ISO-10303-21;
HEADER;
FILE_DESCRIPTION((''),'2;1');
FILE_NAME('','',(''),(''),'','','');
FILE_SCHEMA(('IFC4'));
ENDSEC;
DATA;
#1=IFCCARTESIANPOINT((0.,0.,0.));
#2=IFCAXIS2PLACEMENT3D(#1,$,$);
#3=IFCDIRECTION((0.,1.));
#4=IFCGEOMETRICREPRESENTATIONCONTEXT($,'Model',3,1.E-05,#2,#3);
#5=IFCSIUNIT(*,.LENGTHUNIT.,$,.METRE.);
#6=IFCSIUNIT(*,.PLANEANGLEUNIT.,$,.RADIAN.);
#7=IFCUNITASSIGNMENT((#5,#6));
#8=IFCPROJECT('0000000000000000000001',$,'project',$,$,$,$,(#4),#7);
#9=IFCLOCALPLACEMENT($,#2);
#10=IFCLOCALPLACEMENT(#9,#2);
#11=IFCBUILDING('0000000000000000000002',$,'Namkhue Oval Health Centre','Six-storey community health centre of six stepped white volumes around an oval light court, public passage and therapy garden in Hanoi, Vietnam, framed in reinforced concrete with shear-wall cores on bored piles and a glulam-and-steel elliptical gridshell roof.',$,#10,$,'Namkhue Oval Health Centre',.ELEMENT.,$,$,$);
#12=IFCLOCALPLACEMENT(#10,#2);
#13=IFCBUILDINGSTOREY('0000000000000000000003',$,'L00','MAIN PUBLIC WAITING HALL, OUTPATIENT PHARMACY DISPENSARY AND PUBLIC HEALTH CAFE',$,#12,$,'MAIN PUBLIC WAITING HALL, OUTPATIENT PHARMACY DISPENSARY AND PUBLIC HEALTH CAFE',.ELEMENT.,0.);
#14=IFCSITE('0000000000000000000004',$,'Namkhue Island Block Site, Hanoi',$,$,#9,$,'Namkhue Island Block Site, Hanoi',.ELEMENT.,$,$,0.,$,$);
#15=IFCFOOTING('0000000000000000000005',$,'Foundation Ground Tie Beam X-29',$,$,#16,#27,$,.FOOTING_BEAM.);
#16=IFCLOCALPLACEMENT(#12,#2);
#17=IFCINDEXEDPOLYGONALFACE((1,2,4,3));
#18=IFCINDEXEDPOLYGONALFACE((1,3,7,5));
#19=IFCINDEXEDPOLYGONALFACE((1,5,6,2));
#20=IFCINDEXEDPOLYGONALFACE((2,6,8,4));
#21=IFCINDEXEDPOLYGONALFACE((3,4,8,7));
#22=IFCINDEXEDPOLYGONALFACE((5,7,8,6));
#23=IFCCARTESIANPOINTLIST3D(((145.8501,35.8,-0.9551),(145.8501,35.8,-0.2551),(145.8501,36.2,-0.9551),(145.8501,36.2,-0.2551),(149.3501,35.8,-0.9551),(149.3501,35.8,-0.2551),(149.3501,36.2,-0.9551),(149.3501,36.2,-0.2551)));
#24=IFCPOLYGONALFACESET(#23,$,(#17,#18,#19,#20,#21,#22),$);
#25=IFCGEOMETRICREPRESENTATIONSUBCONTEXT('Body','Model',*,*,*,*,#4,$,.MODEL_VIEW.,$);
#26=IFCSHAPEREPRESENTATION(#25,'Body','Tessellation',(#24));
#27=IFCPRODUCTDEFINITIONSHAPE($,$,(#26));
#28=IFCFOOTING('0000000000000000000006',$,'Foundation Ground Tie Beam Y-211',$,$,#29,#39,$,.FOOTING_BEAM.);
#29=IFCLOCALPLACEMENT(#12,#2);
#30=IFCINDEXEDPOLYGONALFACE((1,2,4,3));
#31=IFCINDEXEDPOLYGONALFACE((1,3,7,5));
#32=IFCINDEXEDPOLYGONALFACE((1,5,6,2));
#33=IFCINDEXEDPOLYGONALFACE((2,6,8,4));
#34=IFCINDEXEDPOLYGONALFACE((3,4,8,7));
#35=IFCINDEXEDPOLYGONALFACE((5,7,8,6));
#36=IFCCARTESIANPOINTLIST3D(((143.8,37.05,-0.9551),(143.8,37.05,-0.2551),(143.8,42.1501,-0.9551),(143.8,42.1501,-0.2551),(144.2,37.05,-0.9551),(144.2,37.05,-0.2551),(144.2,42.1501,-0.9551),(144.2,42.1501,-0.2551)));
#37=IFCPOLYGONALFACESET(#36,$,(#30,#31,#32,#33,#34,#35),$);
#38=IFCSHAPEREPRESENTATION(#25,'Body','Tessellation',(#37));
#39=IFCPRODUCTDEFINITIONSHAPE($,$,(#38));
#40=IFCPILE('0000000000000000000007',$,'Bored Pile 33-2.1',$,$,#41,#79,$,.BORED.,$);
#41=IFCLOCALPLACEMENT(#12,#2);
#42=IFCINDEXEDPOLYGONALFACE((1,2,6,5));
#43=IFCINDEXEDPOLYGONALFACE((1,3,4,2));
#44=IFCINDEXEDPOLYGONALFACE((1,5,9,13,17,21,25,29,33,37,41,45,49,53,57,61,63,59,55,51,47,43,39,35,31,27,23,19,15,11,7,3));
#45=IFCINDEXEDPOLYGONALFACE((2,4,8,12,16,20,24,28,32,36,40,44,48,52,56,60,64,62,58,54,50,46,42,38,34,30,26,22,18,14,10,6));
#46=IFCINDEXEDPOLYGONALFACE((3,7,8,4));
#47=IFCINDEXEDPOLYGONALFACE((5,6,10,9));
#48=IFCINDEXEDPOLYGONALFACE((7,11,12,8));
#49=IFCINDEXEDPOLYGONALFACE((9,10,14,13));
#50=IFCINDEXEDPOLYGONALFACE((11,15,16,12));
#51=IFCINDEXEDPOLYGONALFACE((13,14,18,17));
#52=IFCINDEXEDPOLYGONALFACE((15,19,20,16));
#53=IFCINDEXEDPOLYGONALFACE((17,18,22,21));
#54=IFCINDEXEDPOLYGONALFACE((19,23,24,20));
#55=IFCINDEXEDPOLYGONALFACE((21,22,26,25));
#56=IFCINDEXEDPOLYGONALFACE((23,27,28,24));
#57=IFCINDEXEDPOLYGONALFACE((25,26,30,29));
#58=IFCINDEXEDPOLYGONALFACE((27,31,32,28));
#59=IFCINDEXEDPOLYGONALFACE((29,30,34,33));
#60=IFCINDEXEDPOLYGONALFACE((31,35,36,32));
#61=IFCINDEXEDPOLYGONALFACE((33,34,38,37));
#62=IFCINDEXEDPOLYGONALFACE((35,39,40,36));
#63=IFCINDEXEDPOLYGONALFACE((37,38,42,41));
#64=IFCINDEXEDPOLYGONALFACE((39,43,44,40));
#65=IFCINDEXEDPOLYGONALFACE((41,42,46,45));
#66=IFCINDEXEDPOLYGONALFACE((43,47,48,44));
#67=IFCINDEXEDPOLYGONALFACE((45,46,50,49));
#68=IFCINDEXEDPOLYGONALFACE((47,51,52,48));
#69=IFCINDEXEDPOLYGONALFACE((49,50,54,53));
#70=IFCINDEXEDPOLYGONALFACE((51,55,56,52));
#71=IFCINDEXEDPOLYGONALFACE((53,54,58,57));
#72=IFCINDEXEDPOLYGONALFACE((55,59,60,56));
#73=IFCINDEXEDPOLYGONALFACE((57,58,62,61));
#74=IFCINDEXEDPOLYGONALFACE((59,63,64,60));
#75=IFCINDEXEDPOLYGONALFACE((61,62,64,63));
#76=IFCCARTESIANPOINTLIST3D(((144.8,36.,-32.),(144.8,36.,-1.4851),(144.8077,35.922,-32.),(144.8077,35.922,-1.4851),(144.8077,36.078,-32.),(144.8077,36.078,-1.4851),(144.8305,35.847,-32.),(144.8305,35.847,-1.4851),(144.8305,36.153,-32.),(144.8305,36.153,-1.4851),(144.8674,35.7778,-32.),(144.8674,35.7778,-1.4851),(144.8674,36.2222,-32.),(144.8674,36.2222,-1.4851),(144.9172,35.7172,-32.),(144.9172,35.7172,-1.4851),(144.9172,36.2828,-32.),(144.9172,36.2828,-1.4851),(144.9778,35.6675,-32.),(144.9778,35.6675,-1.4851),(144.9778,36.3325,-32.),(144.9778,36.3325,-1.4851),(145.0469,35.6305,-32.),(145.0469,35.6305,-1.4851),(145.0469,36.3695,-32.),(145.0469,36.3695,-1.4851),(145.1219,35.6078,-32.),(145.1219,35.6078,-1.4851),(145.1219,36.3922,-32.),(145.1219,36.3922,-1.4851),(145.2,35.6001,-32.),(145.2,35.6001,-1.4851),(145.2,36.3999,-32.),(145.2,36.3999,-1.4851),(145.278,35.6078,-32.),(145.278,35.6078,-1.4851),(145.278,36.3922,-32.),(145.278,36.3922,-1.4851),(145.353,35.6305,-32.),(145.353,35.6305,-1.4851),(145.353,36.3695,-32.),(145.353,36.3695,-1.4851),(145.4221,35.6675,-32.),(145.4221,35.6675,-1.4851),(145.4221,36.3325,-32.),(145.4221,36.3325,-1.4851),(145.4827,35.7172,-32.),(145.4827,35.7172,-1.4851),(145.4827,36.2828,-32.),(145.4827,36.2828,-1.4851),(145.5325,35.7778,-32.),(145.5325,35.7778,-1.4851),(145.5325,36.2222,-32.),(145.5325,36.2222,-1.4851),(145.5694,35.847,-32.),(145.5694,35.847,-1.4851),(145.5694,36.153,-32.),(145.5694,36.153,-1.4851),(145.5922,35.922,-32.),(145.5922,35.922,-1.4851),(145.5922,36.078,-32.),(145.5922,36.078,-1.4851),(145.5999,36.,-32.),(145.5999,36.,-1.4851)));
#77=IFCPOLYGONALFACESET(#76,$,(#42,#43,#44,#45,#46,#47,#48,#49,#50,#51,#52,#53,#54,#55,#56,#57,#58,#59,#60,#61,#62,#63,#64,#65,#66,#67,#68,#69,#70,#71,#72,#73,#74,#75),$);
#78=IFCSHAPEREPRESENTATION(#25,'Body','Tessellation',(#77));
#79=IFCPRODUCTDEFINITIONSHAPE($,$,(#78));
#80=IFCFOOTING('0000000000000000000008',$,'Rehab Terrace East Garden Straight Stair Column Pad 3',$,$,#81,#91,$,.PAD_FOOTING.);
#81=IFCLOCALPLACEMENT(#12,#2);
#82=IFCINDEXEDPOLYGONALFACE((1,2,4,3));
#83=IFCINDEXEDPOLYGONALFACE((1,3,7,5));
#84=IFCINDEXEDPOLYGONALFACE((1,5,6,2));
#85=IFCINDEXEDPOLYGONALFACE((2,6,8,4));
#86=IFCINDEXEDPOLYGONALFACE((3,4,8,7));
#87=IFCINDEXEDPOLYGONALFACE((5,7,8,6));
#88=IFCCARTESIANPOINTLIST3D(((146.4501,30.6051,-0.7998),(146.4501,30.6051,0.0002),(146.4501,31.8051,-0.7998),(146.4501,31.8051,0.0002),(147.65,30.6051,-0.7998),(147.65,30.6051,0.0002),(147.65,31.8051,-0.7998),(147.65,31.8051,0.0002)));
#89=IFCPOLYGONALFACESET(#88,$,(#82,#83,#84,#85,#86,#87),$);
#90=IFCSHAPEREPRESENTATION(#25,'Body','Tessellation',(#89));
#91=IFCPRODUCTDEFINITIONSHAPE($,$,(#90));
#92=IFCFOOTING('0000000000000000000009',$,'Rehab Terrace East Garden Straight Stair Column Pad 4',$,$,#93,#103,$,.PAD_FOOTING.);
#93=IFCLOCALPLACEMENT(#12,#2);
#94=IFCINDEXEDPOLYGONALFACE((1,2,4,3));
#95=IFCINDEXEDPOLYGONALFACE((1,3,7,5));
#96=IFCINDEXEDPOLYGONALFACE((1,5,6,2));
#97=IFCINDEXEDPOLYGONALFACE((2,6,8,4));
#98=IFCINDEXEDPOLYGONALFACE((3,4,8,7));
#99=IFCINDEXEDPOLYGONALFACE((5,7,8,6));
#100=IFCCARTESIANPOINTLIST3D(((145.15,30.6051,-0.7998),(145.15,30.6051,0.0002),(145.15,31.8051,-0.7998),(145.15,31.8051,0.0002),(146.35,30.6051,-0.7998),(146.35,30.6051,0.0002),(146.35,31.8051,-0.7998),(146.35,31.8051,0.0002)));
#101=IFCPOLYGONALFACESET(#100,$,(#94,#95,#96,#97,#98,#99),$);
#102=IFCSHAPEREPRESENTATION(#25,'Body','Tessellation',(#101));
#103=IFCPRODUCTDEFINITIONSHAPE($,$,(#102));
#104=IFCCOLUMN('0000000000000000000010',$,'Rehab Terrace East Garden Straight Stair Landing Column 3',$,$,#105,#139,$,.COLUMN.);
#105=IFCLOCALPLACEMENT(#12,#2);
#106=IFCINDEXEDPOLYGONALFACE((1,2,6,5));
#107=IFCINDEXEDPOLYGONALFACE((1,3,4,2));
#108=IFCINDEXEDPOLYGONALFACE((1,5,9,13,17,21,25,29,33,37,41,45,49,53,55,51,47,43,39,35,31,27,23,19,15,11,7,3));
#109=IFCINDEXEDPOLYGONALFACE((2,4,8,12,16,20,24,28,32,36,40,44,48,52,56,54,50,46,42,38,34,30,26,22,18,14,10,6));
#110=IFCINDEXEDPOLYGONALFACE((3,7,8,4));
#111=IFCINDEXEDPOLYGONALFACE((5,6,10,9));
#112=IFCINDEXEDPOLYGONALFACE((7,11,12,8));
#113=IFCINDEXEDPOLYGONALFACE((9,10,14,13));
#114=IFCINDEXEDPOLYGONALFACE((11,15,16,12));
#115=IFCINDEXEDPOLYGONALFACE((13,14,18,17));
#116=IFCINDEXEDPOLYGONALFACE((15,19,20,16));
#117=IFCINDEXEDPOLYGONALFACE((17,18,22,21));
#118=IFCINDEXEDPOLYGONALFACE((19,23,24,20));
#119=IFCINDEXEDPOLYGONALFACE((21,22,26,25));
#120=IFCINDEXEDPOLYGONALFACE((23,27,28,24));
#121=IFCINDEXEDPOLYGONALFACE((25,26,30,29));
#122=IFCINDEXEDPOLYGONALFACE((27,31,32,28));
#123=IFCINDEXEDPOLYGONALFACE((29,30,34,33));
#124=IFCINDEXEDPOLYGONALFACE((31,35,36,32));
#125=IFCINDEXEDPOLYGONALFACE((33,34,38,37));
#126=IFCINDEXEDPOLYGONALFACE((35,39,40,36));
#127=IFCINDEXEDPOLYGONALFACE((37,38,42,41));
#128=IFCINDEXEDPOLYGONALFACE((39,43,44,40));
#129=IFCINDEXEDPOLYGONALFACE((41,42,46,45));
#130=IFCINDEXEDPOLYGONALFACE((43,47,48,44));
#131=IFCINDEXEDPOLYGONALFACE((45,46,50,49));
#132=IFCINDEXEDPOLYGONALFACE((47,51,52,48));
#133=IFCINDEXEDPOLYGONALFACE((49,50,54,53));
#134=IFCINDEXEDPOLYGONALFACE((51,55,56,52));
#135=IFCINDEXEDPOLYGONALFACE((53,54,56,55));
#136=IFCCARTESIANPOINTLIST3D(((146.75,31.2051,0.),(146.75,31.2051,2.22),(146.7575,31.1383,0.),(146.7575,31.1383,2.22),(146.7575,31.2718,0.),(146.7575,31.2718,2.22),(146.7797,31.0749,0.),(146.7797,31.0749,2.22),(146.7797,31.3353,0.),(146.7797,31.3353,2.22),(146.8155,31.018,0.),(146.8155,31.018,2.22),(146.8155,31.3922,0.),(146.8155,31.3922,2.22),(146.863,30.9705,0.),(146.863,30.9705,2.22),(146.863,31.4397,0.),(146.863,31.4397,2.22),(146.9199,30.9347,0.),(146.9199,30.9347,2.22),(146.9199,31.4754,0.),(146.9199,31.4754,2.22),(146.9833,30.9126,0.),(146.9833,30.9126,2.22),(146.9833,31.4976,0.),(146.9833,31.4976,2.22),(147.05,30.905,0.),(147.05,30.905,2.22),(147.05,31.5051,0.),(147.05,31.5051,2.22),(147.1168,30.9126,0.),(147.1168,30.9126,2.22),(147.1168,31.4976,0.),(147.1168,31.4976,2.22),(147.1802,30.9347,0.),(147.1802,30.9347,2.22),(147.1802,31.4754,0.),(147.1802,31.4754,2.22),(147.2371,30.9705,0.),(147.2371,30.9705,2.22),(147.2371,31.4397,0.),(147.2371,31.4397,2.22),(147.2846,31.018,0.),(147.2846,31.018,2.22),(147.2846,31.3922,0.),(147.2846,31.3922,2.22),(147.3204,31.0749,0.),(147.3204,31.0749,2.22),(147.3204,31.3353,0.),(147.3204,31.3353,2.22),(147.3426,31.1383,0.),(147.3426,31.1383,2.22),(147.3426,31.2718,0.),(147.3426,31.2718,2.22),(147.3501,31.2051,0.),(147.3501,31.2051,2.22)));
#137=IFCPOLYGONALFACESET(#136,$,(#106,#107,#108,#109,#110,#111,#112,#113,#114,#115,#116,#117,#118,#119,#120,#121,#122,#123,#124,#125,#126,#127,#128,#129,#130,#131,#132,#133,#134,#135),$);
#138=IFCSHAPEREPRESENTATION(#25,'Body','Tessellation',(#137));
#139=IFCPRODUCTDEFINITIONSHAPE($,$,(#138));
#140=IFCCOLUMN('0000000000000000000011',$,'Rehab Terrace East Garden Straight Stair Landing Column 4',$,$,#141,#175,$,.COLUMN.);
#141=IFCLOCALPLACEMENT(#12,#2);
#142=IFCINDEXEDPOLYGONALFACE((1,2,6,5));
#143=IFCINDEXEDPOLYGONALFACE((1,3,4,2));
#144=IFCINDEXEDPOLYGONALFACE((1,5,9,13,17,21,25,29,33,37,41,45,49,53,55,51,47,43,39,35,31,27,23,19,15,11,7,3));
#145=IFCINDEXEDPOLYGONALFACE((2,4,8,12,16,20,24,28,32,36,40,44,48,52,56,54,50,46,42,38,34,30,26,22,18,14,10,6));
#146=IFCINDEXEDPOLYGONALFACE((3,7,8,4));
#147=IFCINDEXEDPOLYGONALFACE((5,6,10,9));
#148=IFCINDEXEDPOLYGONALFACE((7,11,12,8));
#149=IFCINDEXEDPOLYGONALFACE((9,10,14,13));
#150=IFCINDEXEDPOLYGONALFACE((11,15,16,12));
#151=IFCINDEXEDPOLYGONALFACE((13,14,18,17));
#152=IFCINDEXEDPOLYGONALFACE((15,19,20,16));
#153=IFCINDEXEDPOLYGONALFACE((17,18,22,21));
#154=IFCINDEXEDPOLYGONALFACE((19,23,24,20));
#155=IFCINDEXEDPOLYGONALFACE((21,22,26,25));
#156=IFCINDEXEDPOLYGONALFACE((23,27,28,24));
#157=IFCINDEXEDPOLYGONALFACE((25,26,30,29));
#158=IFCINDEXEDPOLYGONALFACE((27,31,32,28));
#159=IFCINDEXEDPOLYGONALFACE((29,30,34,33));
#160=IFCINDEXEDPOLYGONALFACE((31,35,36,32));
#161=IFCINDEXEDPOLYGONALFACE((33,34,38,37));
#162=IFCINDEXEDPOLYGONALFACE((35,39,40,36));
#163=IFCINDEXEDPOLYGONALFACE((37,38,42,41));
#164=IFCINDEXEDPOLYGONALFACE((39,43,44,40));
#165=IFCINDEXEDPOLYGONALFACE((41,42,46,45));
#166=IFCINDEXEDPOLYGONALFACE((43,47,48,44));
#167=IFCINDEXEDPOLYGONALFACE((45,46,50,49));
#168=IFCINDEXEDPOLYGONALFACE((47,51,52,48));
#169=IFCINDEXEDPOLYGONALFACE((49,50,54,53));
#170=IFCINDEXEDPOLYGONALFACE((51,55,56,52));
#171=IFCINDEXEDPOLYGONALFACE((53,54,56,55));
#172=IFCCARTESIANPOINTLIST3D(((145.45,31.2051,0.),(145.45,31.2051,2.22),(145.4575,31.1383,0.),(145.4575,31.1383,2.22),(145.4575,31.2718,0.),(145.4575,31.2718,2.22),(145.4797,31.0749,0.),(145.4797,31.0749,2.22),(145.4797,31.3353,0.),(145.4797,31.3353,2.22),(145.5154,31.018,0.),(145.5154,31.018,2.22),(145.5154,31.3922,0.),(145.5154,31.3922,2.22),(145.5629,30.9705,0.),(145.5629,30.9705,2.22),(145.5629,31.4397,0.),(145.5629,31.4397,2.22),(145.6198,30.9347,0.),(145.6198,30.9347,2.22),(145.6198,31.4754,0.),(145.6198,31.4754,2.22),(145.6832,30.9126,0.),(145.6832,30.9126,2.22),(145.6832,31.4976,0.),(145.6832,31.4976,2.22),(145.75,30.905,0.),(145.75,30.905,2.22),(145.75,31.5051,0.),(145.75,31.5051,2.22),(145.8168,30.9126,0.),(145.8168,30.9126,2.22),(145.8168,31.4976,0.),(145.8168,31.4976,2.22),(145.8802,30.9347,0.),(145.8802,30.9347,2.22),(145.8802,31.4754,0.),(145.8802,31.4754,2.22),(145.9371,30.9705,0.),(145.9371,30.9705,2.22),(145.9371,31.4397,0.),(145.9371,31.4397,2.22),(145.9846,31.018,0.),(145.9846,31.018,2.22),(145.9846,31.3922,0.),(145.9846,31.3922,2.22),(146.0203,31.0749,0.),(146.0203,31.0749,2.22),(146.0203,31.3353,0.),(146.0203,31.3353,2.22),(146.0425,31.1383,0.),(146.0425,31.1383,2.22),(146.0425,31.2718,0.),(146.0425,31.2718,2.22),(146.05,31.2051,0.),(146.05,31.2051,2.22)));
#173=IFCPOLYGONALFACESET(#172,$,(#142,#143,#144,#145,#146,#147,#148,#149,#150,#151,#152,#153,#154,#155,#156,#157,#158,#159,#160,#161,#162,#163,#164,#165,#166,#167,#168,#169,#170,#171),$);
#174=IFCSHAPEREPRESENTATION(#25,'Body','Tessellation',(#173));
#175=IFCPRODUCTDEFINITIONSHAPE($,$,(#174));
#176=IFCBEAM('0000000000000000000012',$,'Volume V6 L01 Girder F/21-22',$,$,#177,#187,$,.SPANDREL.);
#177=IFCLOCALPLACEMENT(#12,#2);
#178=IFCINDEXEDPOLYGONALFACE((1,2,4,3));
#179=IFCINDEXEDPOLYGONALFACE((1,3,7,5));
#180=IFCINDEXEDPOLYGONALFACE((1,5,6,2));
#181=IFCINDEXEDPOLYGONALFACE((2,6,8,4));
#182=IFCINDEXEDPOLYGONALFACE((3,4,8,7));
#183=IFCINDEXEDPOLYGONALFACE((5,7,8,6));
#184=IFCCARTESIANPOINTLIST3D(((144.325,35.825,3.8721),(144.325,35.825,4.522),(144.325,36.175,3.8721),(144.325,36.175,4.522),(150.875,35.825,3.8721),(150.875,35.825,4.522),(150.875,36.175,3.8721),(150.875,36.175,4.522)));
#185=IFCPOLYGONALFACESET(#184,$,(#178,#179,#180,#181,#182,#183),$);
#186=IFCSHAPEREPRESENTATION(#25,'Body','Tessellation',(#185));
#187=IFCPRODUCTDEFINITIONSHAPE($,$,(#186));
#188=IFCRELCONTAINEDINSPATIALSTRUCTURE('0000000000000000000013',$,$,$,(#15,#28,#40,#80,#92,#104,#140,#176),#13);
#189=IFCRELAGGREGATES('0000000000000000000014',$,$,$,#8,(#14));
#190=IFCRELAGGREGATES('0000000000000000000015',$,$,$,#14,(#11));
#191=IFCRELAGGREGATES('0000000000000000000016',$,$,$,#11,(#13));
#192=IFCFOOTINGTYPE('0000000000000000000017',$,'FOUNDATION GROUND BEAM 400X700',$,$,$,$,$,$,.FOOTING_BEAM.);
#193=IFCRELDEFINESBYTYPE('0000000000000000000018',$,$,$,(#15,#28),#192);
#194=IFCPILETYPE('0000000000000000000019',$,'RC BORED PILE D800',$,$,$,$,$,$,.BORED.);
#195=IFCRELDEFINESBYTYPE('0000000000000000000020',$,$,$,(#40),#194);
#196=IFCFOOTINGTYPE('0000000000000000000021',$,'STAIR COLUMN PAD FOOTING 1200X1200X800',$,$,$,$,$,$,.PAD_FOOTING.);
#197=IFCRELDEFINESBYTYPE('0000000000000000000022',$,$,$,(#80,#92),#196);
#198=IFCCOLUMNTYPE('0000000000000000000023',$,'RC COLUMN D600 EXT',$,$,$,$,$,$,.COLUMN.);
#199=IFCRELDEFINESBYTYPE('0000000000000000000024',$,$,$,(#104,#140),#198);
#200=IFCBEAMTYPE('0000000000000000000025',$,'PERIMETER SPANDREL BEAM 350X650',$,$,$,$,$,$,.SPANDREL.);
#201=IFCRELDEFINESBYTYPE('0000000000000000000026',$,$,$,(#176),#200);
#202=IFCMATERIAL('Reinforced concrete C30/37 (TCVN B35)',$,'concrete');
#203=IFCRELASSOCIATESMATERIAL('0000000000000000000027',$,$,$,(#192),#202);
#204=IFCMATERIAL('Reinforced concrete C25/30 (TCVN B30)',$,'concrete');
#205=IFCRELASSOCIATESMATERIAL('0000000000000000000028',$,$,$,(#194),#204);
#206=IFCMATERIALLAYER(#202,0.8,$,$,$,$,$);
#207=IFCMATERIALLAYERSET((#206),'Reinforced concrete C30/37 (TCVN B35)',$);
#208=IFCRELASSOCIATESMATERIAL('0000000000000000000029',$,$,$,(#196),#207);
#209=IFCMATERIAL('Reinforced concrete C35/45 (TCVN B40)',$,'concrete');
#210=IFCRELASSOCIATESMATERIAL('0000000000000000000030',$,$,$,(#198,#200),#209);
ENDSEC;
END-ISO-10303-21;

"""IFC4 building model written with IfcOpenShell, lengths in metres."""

from ifc_helpers import new_model, si_unit, direction, frame, origin, origin_2d, place, context, subcontext, project, spatial, rectangle, circle, extrude, material, layer, layer_set, material_profile, profile_set, type_object, element, save


model = new_model("IFC4")

# Units and contexts
model_context = context("Model", 3, precision=1e-05, world=origin(), true_north=direction((0.0, 1.0)))
body_context = subcontext(model_context, "Body", "Model", "MODEL_VIEW")
ifc_project = project(units=[si_unit("LENGTHUNIT", "METRE"), si_unit("PLANEANGLEUNIT", "RADIAN")], contexts=[model_context])

# Site, building, storey
site_placement = place(None, origin())
site = spatial("IfcSite", under=ifc_project, at=site_placement, Name="Namkhue Island Block Site, Hanoi", LongName="Namkhue Island Block Site, Hanoi", CompositionType="ELEMENT", RefElevation=0.0)
building_placement = place(site_placement, origin())
building = spatial("IfcBuilding", under=site, at=building_placement, Name="Namkhue Oval Health Centre", Description="Six-storey community health centre of six stepped white volumes around an oval light court, public passage and therapy garden in Hanoi, Vietnam, framed in reinforced concrete with shear-wall cores on bored piles and a glulam-and-steel elliptical gridshell roof.", LongName="Namkhue Oval Health Centre", CompositionType="ELEMENT")
storey_placement = place(building_placement, origin())
storey = spatial("IfcBuildingStorey", under=building, at=storey_placement, Name="L00", Description="MAIN PUBLIC WAITING HALL, OUTPATIENT PHARMACY DISPENSARY AND PUBLIC HEALTH CAFE", LongName="MAIN PUBLIC WAITING HALL, OUTPATIENT PHARMACY DISPENSARY AND PUBLIC HEALTH CAFE", CompositionType="ELEMENT", Elevation=0.0)

# Footings
ifc_material_1 = material(Name="Reinforced concrete C30/37 (TCVN B35)", Category="concrete")
footing_type_1 = type_object("IfcFootingType", Name="FOUNDATION GROUND BEAM 400X700", PredefinedType="FOOTING_BEAM", material=ifc_material_1)
footing_1_placement = place(storey_placement, frame((147.6001, 36.0, -0.9551), z_axis=(0.0, 0.0, 1.0), x_axis=(1.0, 0.0, 0.0)))
element("IfcFooting", 1, at=footing_1_placement, inside=storey, type_object=footing_type_1, Name="Foundation Ground Tie Beam X-29", PredefinedType="FOOTING_BEAM", context=body_context, shape_type="SweptSolid", body=[
    extrude(rectangle(XDim=3.5, YDim=0.3999, at=origin_2d()), origin(), (0.0, 0.0, 1.0), 0.7),
])
footing_2_placement = place(storey_placement, frame((144.0, 39.6001, -0.9551), z_axis=(0.0, 0.0, 1.0), x_axis=(0.0, 1.0, 0.0)))
element("IfcFooting", 2, at=footing_2_placement, inside=storey, type_object=footing_type_1, Name="Foundation Ground Tie Beam Y-211", PredefinedType="FOOTING_BEAM", context=body_context, shape_type="SweptSolid", body=[
    extrude(rectangle(XDim=5.1001, YDim=0.3999, at=origin_2d()), origin(), (0.0, 0.0, 1.0), 0.7),
])

# Pile
ifc_material_2 = material(Name="Reinforced concrete C25/30 (TCVN B30)", Category="concrete")
ifc_material_profile_1 = material_profile(ifc_material_2, circle(Radius=0.3999, at=origin_2d()), Name="BORED PILE D800")
ifc_profile_set_1 = profile_set([ifc_material_profile_1], Name="Reinforced concrete C25/30 (TCVN B30)")
pile_type = type_object("IfcPileType", Name="RC BORED PILE D800", PredefinedType="BORED", material=ifc_profile_set_1)
pile_placement = place(storey_placement, frame((145.2, 36.0, -1.4851), z_axis=(0.0, 0.0, -1.0), x_axis=(1.0, 0.0, 0.0)))
element("IfcPile", 3, at=pile_placement, inside=storey, type_object=pile_type, Name="Bored Pile 33-2.1", PredefinedType="BORED", context=body_context, shape_type="SweptSolid", body=[
    extrude(circle(Radius=0.3999, at=origin_2d()), origin(), (0.0, 0.0, 1.0), 30.5149),
])

# Footings
ifc_layer_1 = layer(ifc_material_1, 0.8)
ifc_layer_set_1 = layer_set([ifc_layer_1], Name="Reinforced concrete C30/37 (TCVN B35)")
footing_type_2 = type_object("IfcFootingType", Name="STAIR COLUMN PAD FOOTING 1200X1200X800", PredefinedType="PAD_FOOTING", material=ifc_layer_set_1)
for number, where, z_axis, x_axis, name in (
    (4, (147.05, 31.2051, -0.7998), (0.0, 0.0, 1.0), (1.0, 0.0, 0.0), "Rehab Terrace East Garden Straight Stair Column Pad 3"),
    (5, (145.75, 31.2051, -0.7998), (0.0, 0.0, 1.0), (1.0, 0.0, 0.0), "Rehab Terrace East Garden Straight Stair Column Pad 4"),
):
    element("IfcFooting", number, at=place(storey_placement, frame(where, z_axis=z_axis, x_axis=x_axis)), inside=storey, type_object=footing_type_2, Name=name, PredefinedType="PAD_FOOTING", context=body_context, shape_type="SweptSolid", body=[
        extrude(rectangle(XDim=1.2, YDim=1.2, at=origin_2d()), origin(), (0.0, 0.0, 1.0), 0.8),
    ])

# Columns
ifc_material_3 = material(Name="Reinforced concrete C35/45 (TCVN B40)", Category="concrete")
ifc_material_profile_2 = material_profile(ifc_material_3, circle(Radius=0.3, at=origin_2d()), Name="RC D600")
ifc_profile_set_2 = profile_set([ifc_material_profile_2], Name="Reinforced concrete C35/45 (TCVN B40)")
column_type = type_object("IfcColumnType", Name="RC COLUMN D600 EXT", PredefinedType="COLUMN", material=ifc_profile_set_2)
for number, where, z_axis, x_axis, name in (
    (6, (147.05, 31.2051, 0.0), (0.0, 0.0, 1.0), (1.0, 0.0, 0.0), "Rehab Terrace East Garden Straight Stair Landing Column 3"),
    (7, (145.75, 31.2051, 0.0), (0.0, 0.0, 1.0), (1.0, 0.0, 0.0), "Rehab Terrace East Garden Straight Stair Landing Column 4"),
):
    element("IfcColumn", number, at=place(storey_placement, frame(where, z_axis=z_axis, x_axis=x_axis)), inside=storey, type_object=column_type, Name=name, PredefinedType="COLUMN", context=body_context, shape_type="SweptSolid", body=[
        extrude(circle(Radius=0.3, at=origin_2d()), origin(), (0.0, 0.0, 1.0), 2.22),
    ])

# Beam
ifc_material_profile_3 = material_profile(ifc_material_3, rectangle(XDim=0.3501, YDim=0.6499, at=origin_2d()), Name="RC 350x650")
ifc_profile_set_3 = profile_set([ifc_material_profile_3], Name="Reinforced concrete C35/45 (TCVN B40)")
beam_type = type_object("IfcBeamType", Name="PERIMETER SPANDREL BEAM 350X650", PredefinedType="SPANDREL", material=ifc_profile_set_3)
beam_placement = place(storey_placement, frame((144.325, 36.0, 4.197), z_axis=(1.0, 0.0, 0.0), x_axis=(0.0, 1.0, 0.0)))
element("IfcBeam", 8, at=beam_placement, inside=storey, type_object=beam_type, Name="Volume V6 L01 Girder F/21-22", PredefinedType="SPANDREL", context=body_context, shape_type="SweptSolid", body=[
    extrude(rectangle(XDim=0.3501, YDim=0.6499, at=origin_2d()), origin(), (0.0, 0.0, 1.0), 6.55),
])

save(model, "model.ifc")
